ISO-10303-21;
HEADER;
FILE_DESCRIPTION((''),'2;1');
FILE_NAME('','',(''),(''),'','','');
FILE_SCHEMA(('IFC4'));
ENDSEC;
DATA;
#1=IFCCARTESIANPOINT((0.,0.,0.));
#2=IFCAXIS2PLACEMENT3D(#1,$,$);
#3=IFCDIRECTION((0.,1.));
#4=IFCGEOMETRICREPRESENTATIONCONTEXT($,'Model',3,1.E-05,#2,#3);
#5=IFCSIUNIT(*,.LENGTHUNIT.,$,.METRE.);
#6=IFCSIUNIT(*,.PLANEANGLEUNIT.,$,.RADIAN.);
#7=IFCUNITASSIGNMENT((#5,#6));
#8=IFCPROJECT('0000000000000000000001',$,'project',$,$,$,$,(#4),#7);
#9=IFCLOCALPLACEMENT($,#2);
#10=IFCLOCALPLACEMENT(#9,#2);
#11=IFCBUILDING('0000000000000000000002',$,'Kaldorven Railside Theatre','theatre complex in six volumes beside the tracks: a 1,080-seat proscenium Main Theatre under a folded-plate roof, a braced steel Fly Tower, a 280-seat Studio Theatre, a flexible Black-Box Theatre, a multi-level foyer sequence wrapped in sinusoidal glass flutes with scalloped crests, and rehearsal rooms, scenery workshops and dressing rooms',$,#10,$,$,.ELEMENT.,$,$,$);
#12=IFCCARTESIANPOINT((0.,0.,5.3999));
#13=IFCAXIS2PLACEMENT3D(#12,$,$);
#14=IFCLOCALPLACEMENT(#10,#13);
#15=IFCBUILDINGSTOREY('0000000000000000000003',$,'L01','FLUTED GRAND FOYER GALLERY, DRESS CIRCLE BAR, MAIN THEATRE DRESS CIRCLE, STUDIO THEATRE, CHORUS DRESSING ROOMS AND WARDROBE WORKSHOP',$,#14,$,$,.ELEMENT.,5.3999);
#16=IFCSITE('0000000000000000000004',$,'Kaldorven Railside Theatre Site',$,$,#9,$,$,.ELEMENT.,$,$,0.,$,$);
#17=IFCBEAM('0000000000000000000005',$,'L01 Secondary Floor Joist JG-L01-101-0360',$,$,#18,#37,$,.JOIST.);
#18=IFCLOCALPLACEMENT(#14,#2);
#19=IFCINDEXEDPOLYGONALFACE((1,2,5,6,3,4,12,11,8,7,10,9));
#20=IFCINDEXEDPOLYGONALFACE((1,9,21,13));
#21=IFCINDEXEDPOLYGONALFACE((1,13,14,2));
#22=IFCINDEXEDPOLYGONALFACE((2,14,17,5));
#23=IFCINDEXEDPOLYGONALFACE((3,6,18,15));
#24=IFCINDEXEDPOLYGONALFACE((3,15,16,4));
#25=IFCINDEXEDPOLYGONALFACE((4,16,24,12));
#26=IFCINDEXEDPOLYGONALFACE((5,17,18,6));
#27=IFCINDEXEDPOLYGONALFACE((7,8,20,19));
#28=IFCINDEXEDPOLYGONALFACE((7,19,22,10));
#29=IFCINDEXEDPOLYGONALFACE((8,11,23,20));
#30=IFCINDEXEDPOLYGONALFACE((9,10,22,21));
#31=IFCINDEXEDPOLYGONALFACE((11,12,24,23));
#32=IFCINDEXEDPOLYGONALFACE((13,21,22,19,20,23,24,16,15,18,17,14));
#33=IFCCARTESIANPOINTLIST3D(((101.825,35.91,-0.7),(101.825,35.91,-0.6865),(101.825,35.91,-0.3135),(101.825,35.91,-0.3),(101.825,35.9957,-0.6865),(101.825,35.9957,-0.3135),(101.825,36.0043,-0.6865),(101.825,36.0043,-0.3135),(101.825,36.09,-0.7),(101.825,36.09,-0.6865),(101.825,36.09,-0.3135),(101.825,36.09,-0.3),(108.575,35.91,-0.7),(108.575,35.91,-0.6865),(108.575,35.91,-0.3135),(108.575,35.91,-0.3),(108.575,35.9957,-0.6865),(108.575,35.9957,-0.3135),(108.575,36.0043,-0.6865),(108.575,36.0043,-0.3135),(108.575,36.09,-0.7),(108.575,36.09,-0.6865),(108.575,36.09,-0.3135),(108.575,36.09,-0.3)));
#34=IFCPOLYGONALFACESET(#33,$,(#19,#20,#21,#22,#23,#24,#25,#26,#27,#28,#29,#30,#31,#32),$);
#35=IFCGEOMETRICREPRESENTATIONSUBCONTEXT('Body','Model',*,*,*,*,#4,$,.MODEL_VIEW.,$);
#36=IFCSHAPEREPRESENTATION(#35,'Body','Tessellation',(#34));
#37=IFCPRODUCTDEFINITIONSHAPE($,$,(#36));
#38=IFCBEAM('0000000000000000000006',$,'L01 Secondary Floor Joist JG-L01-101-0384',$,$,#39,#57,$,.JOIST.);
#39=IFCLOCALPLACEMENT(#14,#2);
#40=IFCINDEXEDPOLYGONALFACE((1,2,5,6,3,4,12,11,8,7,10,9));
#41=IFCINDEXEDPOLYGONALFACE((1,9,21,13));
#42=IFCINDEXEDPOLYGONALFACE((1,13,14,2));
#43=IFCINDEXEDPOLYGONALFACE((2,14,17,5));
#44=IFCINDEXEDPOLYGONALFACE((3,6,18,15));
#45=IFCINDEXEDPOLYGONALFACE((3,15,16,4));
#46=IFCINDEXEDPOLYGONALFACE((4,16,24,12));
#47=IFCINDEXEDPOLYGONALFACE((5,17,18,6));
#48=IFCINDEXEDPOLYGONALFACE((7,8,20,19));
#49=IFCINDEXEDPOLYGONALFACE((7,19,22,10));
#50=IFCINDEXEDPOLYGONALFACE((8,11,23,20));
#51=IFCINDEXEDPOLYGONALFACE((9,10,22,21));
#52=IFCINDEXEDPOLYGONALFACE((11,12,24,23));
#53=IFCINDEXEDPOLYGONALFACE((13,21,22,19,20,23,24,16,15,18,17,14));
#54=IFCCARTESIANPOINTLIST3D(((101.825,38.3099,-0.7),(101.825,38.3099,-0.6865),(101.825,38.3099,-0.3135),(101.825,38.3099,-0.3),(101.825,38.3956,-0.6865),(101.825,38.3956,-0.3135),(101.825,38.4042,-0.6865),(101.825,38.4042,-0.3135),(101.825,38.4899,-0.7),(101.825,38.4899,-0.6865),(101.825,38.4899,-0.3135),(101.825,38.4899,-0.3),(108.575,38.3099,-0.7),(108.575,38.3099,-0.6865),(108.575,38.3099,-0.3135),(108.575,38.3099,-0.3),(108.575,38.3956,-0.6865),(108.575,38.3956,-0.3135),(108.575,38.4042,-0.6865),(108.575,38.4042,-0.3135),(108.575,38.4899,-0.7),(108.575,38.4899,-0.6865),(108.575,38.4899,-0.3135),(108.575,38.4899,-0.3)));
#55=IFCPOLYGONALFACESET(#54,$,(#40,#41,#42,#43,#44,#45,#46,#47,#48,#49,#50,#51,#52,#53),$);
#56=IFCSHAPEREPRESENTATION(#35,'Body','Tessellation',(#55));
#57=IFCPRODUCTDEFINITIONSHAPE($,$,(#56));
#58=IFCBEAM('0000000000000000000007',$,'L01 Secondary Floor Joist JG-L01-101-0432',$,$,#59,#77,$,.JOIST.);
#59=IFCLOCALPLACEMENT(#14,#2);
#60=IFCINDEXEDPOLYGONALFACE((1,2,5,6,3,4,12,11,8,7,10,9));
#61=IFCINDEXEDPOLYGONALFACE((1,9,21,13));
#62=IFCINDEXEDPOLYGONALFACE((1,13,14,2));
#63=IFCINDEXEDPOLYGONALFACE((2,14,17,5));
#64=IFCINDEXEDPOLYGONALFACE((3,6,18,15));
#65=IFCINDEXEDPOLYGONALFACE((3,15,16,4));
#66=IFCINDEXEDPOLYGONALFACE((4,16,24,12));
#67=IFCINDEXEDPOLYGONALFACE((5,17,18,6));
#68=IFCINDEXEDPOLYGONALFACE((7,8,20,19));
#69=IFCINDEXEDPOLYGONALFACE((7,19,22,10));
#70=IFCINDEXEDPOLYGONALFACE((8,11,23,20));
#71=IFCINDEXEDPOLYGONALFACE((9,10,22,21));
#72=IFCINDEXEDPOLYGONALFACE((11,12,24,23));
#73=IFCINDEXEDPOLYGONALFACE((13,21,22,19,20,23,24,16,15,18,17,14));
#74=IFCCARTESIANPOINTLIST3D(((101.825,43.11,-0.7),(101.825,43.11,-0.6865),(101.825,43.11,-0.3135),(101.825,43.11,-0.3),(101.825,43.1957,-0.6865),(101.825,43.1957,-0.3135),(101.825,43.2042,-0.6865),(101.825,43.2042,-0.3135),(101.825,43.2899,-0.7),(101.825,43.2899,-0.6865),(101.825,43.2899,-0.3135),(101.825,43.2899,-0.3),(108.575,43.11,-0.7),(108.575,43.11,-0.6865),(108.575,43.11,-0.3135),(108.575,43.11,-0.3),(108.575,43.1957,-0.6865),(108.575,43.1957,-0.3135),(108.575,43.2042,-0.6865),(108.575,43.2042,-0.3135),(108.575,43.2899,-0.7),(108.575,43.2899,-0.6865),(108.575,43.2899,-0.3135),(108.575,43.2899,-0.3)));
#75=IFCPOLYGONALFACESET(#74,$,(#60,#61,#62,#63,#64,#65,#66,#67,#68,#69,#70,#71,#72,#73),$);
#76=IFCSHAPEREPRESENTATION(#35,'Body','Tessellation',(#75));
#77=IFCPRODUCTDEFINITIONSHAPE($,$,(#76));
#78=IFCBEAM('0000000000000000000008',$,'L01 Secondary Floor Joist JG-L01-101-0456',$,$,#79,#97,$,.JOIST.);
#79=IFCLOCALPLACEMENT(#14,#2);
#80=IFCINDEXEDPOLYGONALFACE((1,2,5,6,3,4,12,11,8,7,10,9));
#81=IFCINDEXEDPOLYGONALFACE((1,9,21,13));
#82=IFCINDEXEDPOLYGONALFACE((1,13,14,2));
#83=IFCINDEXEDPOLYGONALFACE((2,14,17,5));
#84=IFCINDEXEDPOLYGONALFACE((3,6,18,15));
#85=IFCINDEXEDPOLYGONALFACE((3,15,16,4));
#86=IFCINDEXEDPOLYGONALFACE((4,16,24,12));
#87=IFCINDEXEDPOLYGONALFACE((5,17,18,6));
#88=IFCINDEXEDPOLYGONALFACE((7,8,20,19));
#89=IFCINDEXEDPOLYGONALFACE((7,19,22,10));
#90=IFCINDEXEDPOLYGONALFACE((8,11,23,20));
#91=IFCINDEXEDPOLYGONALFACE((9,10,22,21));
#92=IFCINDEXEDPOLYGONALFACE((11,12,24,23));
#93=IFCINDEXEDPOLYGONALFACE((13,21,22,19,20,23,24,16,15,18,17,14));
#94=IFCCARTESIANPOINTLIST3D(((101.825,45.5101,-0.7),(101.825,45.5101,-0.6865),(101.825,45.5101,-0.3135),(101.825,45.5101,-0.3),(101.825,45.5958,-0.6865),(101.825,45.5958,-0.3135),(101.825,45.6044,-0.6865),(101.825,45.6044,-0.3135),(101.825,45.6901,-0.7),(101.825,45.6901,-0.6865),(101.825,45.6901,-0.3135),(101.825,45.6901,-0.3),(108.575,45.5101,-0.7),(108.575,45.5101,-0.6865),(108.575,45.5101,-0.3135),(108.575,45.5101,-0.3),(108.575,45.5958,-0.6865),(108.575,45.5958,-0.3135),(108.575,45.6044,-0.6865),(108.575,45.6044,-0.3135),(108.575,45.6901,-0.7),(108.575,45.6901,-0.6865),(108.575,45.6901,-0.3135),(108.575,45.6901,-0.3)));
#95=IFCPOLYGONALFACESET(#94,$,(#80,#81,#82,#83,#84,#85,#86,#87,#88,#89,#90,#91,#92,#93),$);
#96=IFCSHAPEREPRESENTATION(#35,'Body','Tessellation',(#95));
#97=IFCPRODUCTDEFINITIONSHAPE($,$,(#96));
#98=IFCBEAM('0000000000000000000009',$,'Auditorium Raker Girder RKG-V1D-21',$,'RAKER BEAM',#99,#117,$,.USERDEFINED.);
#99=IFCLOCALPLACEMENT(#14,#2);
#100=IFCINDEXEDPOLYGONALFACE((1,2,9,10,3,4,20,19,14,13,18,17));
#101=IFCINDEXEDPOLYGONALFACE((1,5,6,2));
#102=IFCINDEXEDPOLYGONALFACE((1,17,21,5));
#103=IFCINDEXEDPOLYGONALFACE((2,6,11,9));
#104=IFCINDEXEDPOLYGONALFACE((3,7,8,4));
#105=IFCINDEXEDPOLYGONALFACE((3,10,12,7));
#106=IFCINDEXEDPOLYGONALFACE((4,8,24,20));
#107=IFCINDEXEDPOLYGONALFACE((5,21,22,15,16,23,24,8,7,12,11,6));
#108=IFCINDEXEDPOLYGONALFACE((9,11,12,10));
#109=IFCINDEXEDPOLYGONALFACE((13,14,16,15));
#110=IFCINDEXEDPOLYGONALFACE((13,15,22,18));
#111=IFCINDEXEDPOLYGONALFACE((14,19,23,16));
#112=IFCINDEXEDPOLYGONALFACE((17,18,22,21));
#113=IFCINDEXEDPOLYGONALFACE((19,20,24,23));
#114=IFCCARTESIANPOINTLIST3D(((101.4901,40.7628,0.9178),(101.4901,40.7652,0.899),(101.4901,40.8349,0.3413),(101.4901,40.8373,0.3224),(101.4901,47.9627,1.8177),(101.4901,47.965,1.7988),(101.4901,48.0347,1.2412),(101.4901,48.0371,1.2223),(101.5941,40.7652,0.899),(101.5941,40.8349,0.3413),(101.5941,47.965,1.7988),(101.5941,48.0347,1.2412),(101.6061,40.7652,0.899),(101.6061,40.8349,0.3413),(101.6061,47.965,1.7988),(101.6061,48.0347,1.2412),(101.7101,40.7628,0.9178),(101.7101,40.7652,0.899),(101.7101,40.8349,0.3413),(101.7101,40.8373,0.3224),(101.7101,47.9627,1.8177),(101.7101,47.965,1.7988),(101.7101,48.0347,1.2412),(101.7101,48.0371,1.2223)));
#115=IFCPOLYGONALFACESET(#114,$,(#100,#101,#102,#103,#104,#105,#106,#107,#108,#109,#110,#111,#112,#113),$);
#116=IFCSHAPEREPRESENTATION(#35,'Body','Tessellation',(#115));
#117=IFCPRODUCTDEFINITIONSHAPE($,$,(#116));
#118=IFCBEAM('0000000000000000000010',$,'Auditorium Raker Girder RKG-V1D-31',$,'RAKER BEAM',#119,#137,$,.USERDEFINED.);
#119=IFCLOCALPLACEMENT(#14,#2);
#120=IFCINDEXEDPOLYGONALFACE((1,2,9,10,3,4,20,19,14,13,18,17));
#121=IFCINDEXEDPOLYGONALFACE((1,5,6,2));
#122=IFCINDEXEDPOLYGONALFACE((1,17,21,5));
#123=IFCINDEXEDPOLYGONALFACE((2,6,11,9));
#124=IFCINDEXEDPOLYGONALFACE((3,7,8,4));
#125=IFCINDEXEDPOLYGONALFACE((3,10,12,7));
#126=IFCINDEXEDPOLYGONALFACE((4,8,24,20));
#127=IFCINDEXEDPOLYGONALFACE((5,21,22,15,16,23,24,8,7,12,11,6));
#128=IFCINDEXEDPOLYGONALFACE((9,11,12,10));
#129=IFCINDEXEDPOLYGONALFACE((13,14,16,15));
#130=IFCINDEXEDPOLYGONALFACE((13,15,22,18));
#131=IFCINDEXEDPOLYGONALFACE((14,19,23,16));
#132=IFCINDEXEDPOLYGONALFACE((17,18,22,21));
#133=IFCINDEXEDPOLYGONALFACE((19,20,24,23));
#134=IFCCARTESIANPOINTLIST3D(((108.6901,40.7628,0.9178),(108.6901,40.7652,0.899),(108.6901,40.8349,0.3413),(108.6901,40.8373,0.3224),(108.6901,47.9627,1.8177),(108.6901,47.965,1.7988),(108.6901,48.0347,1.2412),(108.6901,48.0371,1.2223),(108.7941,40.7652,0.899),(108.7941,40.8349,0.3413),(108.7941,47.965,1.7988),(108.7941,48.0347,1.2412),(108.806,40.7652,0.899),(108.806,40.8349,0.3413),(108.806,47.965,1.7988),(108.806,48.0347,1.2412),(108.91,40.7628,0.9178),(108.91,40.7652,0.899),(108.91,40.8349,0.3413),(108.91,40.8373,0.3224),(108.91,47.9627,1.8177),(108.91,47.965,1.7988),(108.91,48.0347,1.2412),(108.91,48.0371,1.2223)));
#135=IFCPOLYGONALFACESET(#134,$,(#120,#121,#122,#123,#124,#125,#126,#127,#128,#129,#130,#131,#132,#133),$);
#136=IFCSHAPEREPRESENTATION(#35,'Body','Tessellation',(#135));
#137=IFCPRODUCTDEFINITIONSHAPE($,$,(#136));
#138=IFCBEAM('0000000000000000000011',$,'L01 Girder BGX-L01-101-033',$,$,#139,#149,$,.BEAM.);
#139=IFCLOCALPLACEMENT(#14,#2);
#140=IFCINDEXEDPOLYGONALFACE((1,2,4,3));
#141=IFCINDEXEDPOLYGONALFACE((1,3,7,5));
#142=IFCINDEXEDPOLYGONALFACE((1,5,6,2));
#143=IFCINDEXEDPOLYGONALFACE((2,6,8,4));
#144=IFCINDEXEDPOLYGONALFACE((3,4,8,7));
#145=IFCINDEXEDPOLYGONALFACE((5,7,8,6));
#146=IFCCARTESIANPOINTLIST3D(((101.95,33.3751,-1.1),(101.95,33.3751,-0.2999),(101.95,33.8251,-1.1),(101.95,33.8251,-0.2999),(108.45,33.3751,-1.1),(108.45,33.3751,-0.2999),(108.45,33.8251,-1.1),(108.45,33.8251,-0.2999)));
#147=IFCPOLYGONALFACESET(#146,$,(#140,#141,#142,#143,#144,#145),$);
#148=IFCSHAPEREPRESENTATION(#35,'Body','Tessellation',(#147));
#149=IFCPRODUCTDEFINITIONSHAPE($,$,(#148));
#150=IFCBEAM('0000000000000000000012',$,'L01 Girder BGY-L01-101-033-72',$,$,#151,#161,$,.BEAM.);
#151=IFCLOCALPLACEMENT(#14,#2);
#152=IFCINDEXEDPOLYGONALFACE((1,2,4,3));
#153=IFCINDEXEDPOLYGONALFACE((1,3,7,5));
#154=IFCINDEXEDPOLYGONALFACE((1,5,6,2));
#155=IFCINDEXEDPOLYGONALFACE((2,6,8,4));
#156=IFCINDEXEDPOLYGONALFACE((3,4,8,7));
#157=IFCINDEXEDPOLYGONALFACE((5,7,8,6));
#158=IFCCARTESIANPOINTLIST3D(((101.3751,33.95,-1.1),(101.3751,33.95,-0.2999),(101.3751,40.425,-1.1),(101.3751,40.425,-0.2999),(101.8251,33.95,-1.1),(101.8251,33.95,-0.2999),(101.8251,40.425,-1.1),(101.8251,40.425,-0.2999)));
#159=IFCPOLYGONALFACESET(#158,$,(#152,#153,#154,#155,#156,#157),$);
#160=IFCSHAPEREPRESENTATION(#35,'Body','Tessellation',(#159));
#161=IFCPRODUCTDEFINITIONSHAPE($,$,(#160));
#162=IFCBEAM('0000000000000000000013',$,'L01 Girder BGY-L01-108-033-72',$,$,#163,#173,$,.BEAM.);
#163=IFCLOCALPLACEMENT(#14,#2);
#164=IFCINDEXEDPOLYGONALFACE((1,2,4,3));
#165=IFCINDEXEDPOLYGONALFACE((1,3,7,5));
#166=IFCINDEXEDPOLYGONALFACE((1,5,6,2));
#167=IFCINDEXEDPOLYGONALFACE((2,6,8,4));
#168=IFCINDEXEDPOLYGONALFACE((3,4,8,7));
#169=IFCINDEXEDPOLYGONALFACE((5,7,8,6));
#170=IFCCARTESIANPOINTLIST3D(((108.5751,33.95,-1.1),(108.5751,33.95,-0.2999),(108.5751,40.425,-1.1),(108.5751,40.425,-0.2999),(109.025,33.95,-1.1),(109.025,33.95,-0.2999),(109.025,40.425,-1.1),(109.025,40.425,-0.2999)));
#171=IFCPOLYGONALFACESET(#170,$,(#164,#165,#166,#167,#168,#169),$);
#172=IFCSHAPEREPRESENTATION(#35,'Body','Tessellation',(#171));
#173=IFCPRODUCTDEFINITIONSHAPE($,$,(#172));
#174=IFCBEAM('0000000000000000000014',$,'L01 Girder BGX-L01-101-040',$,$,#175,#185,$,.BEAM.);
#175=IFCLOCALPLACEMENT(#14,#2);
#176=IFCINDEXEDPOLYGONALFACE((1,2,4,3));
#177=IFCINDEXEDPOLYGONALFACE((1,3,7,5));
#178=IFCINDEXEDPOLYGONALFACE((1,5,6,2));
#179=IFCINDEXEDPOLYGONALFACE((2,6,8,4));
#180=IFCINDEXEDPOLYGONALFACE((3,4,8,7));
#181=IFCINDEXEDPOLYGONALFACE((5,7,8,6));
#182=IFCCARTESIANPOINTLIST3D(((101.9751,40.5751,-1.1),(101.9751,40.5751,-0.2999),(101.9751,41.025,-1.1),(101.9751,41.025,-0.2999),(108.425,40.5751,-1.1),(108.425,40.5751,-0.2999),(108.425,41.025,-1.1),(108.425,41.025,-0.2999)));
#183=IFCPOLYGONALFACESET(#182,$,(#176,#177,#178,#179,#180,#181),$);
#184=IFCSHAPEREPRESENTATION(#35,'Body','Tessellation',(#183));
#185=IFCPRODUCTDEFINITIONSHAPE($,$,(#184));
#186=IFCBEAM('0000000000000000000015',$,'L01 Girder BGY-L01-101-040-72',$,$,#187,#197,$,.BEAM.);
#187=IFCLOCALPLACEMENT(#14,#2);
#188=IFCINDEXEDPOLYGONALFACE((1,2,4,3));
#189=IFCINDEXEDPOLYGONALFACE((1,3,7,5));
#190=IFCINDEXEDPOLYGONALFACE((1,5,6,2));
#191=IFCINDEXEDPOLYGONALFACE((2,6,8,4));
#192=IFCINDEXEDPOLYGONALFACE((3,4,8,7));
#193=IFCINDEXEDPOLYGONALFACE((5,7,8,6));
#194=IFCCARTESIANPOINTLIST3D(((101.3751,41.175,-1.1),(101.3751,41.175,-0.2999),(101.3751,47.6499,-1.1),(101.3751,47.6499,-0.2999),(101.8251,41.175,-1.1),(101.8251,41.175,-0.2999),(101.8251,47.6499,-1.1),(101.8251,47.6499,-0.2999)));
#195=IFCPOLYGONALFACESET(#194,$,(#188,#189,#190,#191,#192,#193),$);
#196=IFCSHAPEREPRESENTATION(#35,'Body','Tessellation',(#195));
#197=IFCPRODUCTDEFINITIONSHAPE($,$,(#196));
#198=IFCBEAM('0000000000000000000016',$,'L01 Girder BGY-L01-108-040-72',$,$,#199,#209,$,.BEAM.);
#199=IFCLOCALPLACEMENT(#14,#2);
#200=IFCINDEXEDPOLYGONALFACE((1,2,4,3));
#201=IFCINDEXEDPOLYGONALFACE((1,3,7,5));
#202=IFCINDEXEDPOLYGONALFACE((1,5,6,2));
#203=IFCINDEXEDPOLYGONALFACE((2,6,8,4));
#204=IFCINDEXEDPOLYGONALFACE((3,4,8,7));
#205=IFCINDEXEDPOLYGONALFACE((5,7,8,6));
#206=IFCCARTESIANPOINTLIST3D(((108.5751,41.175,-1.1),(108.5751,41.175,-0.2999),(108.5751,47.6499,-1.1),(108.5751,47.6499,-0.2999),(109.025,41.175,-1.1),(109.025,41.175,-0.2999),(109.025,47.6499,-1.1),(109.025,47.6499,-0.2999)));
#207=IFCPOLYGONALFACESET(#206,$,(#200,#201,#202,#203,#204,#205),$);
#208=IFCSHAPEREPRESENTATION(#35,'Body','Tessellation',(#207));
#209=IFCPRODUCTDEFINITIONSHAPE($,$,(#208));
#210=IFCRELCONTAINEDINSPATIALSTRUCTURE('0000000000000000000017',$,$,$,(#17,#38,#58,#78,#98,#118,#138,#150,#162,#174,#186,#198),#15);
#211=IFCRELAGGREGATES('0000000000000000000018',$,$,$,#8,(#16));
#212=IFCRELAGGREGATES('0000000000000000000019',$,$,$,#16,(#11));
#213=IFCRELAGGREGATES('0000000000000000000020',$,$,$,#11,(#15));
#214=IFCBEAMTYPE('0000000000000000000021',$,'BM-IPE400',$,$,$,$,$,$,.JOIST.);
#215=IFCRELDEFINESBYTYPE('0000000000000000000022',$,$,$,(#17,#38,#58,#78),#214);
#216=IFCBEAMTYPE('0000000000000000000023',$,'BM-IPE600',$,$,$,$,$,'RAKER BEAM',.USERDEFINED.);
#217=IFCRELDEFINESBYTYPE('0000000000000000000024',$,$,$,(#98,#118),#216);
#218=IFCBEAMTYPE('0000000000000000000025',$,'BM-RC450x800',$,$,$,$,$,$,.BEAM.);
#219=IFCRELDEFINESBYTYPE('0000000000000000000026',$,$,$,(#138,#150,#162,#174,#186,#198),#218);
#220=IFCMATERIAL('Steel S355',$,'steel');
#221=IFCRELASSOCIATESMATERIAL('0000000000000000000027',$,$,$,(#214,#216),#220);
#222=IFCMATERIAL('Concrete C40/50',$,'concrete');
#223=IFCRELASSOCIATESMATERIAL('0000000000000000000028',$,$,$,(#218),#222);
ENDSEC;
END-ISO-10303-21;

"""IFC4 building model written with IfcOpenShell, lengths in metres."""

from ifc_helpers import new_model, si_unit, direction, frame, origin, origin_2d, place, context, subcontext, project, spatial, rectangle, i_section, extrude, material, material_profile, profile_set, type_object, element, save


model = new_model("IFC4")

# Units and contexts
model_context = context("Model", 3, precision=1e-05, world=origin(), true_north=direction((0.0, 1.0)))
body_context = subcontext(model_context, "Body", "Model", "MODEL_VIEW")
ifc_project = project(units=[si_unit("LENGTHUNIT", "METRE"), si_unit("PLANEANGLEUNIT", "RADIAN")], contexts=[model_context])

# Site, building, storey
site_placement = place(None, origin())
site = spatial("IfcSite", under=ifc_project, at=site_placement, Name="Kaldorven Railside Theatre Site", CompositionType="ELEMENT", RefElevation=0.0)
building_placement = place(site_placement, origin())
building = spatial("IfcBuilding", under=site, at=building_placement, Name="Kaldorven Railside Theatre", Description="theatre complex in six volumes beside the tracks: a 1,080-seat proscenium Main Theatre under a folded-plate roof, a braced steel Fly Tower, a 280-seat Studio Theatre, a flexible Black-Box Theatre, a multi-level foyer sequence wrapped in sinusoidal glass flutes with scalloped crests, and rehearsal rooms, scenery workshops and dressing rooms", CompositionType="ELEMENT")
storey_placement = place(building_placement, frame((0.0, 0.0, 5.3999)))
storey = spatial("IfcBuildingStorey", under=building, at=storey_placement, Name="L01", Description="FLUTED GRAND FOYER GALLERY, DRESS CIRCLE BAR, MAIN THEATRE DRESS CIRCLE, STUDIO THEATRE, CHORUS DRESSING ROOMS AND WARDROBE WORKSHOP", CompositionType="ELEMENT", Elevation=5.3999)

# Shared definitions
ifc_material_1 = material(Name="Concrete C40/50", Category="concrete")

# Beams
ifc_material_2 = material(Name="Steel S355", Category="steel")
ifc_material_profile_1 = material_profile(ifc_material_2, i_section(OverallWidth=0.1799, OverallDepth=0.3999, WebThickness=0.0085, FlangeThickness=0.0134, at=origin_2d()), Name="IPE 400")
ifc_profile_set_1 = profile_set([ifc_material_profile_1], Name="Steel S355")
beam_type_1 = type_object("IfcBeamType", Name="BM-IPE400", PredefinedType="JOIST", material=ifc_profile_set_1)
for number, where, z_axis, x_axis, name in (
    (1, (101.825, 36.0, -0.5), (1.0, 0.0, 0.0), (0.0, 1.0, 0.0), "L01 Secondary Floor Joist JG-L01-101-0360"),
    (2, (101.825, 38.3999, -0.5), (1.0, 0.0, 0.0), (0.0, 1.0, 0.0), "L01 Secondary Floor Joist JG-L01-101-0384"),
    (3, (101.825, 43.2, -0.5), (1.0, 0.0, 0.0), (0.0, 1.0, 0.0), "L01 Secondary Floor Joist JG-L01-101-0432"),
    (4, (101.825, 45.6001, -0.5), (1.0, 0.0, 0.0), (0.0, 1.0, 0.0), "L01 Secondary Floor Joist JG-L01-101-0456"),
):
    element("IfcBeam", number, at=place(storey_placement, frame(where, z_axis=z_axis, x_axis=x_axis)), inside=storey, type_object=beam_type_1, Name=name, PredefinedType="JOIST", context=body_context, shape_type="SweptSolid", body=[
        extrude(i_section(OverallWidth=0.1799, OverallDepth=0.3999, WebThickness=0.0085, FlangeThickness=0.0134, at=origin_2d()), origin(), (0.0, 0.0, 1.0), 6.75),
    ])
ifc_material_profile_2 = material_profile(ifc_material_2, i_section(OverallWidth=0.22, OverallDepth=0.6001, WebThickness=0.012, FlangeThickness=0.019, at=origin_2d()), Name="IPE 600")
ifc_profile_set_2 = profile_set([ifc_material_profile_2], Name="Steel S355")
beam_type_2 = type_object("IfcBeamType", Name="BM-IPE600", ElementType="RAKER BEAM", PredefinedType="USERDEFINED", material=ifc_profile_set_2)
for number, where, z_axis, x_axis, name in (
    (5, (101.6001, 40.8, 0.6201), (0.0, 0.992279, 0.124022), (-1.0, 0.0, 0.0), "Auditorium Raker Girder RKG-V1D-21"),
    (6, (108.8, 40.8, 0.6201), (0.0, 0.992279, 0.124022), (-1.0, 0.0, 0.0), "Auditorium Raker Girder RKG-V1D-31"),
):
    element("IfcBeam", number, at=place(storey_placement, frame(where, z_axis=z_axis, x_axis=x_axis)), inside=storey, type_object=beam_type_2, Name=name, ObjectType="RAKER BEAM", PredefinedType="USERDEFINED", context=body_context, shape_type="SweptSolid", body=[
        extrude(i_section(OverallWidth=0.22, OverallDepth=0.6001, WebThickness=0.012, FlangeThickness=0.019, at=origin_2d()), origin(), (0.0, 0.0, 1.0), 7.2559),
    ])
ifc_material_profile_3 = material_profile(ifc_material_1, rectangle(XDim=0.45, YDim=0.8, at=origin_2d()), Name="RC 450x800")
ifc_profile_set_3 = profile_set([ifc_material_profile_3], Name="Concrete C40/50")
beam_type_3 = type_object("IfcBeamType", Name="BM-RC450x800", PredefinedType="BEAM", material=ifc_profile_set_3)
beam_1_placement = place(storey_placement, frame((101.95, 33.6001, -0.7), z_axis=(1.0, 0.0, 0.0), x_axis=(0.0, 1.0, 0.0)))
element("IfcBeam", 7, at=beam_1_placement, inside=storey, type_object=beam_type_3, Name="L01 Girder BGX-L01-101-033", PredefinedType="BEAM", context=body_context, shape_type="SweptSolid", body=[
    extrude(rectangle(XDim=0.45, YDim=0.8, at=origin_2d()), origin(), (0.0, 0.0, 1.0), 6.5),
])
for number, where, z_axis, x_axis, name in (
    (8, (101.6001, 33.95, -0.7), (0.0, 1.0, 0.0), (-1.0, 0.0, 0.0), "L01 Girder BGY-L01-101-033-72"),
    (9, (108.8, 33.95, -0.7), (0.0, 1.0, 0.0), (-1.0, 0.0, 0.0), "L01 Girder BGY-L01-108-033-72"),
):
    element("IfcBeam", number, at=place(storey_placement, frame(where, z_axis=z_axis, x_axis=x_axis)), inside=storey, type_object=beam_type_3, Name=name, PredefinedType="BEAM", context=body_context, shape_type="SweptSolid", body=[
        extrude(rectangle(XDim=0.45, YDim=0.8, at=origin_2d()), origin(), (0.0, 0.0, 1.0), 6.4751),
    ])
beam_2_placement = place(storey_placement, frame((101.9751, 40.8, -0.7), z_axis=(1.0, 0.0, 0.0), x_axis=(0.0, 1.0, 0.0)))
element("IfcBeam", 10, at=beam_2_placement, inside=storey, type_object=beam_type_3, Name="L01 Girder BGX-L01-101-040", PredefinedType="BEAM", context=body_context, shape_type="SweptSolid", body=[
    extrude(rectangle(XDim=0.45, YDim=0.8, at=origin_2d()), origin(), (0.0, 0.0, 1.0), 6.45),
])
for number, where, z_axis, x_axis, name in (
    (11, (101.6001, 41.175, -0.7), (0.0, 1.0, 0.0), (-1.0, 0.0, 0.0), "L01 Girder BGY-L01-101-040-72"),
    (12, (108.8, 41.175, -0.7), (0.0, 1.0, 0.0), (-1.0, 0.0, 0.0), "L01 Girder BGY-L01-108-040-72"),
):
    element("IfcBeam", number, at=place(storey_placement, frame(where, z_axis=z_axis, x_axis=x_axis)), inside=storey, type_object=beam_type_3, Name=name, PredefinedType="BEAM", context=body_context, shape_type="SweptSolid", body=[
        extrude(rectangle(XDim=0.45, YDim=0.8, at=origin_2d()), origin(), (0.0, 0.0, 1.0), 6.4749),
    ])

save(model, "model.ifc")
